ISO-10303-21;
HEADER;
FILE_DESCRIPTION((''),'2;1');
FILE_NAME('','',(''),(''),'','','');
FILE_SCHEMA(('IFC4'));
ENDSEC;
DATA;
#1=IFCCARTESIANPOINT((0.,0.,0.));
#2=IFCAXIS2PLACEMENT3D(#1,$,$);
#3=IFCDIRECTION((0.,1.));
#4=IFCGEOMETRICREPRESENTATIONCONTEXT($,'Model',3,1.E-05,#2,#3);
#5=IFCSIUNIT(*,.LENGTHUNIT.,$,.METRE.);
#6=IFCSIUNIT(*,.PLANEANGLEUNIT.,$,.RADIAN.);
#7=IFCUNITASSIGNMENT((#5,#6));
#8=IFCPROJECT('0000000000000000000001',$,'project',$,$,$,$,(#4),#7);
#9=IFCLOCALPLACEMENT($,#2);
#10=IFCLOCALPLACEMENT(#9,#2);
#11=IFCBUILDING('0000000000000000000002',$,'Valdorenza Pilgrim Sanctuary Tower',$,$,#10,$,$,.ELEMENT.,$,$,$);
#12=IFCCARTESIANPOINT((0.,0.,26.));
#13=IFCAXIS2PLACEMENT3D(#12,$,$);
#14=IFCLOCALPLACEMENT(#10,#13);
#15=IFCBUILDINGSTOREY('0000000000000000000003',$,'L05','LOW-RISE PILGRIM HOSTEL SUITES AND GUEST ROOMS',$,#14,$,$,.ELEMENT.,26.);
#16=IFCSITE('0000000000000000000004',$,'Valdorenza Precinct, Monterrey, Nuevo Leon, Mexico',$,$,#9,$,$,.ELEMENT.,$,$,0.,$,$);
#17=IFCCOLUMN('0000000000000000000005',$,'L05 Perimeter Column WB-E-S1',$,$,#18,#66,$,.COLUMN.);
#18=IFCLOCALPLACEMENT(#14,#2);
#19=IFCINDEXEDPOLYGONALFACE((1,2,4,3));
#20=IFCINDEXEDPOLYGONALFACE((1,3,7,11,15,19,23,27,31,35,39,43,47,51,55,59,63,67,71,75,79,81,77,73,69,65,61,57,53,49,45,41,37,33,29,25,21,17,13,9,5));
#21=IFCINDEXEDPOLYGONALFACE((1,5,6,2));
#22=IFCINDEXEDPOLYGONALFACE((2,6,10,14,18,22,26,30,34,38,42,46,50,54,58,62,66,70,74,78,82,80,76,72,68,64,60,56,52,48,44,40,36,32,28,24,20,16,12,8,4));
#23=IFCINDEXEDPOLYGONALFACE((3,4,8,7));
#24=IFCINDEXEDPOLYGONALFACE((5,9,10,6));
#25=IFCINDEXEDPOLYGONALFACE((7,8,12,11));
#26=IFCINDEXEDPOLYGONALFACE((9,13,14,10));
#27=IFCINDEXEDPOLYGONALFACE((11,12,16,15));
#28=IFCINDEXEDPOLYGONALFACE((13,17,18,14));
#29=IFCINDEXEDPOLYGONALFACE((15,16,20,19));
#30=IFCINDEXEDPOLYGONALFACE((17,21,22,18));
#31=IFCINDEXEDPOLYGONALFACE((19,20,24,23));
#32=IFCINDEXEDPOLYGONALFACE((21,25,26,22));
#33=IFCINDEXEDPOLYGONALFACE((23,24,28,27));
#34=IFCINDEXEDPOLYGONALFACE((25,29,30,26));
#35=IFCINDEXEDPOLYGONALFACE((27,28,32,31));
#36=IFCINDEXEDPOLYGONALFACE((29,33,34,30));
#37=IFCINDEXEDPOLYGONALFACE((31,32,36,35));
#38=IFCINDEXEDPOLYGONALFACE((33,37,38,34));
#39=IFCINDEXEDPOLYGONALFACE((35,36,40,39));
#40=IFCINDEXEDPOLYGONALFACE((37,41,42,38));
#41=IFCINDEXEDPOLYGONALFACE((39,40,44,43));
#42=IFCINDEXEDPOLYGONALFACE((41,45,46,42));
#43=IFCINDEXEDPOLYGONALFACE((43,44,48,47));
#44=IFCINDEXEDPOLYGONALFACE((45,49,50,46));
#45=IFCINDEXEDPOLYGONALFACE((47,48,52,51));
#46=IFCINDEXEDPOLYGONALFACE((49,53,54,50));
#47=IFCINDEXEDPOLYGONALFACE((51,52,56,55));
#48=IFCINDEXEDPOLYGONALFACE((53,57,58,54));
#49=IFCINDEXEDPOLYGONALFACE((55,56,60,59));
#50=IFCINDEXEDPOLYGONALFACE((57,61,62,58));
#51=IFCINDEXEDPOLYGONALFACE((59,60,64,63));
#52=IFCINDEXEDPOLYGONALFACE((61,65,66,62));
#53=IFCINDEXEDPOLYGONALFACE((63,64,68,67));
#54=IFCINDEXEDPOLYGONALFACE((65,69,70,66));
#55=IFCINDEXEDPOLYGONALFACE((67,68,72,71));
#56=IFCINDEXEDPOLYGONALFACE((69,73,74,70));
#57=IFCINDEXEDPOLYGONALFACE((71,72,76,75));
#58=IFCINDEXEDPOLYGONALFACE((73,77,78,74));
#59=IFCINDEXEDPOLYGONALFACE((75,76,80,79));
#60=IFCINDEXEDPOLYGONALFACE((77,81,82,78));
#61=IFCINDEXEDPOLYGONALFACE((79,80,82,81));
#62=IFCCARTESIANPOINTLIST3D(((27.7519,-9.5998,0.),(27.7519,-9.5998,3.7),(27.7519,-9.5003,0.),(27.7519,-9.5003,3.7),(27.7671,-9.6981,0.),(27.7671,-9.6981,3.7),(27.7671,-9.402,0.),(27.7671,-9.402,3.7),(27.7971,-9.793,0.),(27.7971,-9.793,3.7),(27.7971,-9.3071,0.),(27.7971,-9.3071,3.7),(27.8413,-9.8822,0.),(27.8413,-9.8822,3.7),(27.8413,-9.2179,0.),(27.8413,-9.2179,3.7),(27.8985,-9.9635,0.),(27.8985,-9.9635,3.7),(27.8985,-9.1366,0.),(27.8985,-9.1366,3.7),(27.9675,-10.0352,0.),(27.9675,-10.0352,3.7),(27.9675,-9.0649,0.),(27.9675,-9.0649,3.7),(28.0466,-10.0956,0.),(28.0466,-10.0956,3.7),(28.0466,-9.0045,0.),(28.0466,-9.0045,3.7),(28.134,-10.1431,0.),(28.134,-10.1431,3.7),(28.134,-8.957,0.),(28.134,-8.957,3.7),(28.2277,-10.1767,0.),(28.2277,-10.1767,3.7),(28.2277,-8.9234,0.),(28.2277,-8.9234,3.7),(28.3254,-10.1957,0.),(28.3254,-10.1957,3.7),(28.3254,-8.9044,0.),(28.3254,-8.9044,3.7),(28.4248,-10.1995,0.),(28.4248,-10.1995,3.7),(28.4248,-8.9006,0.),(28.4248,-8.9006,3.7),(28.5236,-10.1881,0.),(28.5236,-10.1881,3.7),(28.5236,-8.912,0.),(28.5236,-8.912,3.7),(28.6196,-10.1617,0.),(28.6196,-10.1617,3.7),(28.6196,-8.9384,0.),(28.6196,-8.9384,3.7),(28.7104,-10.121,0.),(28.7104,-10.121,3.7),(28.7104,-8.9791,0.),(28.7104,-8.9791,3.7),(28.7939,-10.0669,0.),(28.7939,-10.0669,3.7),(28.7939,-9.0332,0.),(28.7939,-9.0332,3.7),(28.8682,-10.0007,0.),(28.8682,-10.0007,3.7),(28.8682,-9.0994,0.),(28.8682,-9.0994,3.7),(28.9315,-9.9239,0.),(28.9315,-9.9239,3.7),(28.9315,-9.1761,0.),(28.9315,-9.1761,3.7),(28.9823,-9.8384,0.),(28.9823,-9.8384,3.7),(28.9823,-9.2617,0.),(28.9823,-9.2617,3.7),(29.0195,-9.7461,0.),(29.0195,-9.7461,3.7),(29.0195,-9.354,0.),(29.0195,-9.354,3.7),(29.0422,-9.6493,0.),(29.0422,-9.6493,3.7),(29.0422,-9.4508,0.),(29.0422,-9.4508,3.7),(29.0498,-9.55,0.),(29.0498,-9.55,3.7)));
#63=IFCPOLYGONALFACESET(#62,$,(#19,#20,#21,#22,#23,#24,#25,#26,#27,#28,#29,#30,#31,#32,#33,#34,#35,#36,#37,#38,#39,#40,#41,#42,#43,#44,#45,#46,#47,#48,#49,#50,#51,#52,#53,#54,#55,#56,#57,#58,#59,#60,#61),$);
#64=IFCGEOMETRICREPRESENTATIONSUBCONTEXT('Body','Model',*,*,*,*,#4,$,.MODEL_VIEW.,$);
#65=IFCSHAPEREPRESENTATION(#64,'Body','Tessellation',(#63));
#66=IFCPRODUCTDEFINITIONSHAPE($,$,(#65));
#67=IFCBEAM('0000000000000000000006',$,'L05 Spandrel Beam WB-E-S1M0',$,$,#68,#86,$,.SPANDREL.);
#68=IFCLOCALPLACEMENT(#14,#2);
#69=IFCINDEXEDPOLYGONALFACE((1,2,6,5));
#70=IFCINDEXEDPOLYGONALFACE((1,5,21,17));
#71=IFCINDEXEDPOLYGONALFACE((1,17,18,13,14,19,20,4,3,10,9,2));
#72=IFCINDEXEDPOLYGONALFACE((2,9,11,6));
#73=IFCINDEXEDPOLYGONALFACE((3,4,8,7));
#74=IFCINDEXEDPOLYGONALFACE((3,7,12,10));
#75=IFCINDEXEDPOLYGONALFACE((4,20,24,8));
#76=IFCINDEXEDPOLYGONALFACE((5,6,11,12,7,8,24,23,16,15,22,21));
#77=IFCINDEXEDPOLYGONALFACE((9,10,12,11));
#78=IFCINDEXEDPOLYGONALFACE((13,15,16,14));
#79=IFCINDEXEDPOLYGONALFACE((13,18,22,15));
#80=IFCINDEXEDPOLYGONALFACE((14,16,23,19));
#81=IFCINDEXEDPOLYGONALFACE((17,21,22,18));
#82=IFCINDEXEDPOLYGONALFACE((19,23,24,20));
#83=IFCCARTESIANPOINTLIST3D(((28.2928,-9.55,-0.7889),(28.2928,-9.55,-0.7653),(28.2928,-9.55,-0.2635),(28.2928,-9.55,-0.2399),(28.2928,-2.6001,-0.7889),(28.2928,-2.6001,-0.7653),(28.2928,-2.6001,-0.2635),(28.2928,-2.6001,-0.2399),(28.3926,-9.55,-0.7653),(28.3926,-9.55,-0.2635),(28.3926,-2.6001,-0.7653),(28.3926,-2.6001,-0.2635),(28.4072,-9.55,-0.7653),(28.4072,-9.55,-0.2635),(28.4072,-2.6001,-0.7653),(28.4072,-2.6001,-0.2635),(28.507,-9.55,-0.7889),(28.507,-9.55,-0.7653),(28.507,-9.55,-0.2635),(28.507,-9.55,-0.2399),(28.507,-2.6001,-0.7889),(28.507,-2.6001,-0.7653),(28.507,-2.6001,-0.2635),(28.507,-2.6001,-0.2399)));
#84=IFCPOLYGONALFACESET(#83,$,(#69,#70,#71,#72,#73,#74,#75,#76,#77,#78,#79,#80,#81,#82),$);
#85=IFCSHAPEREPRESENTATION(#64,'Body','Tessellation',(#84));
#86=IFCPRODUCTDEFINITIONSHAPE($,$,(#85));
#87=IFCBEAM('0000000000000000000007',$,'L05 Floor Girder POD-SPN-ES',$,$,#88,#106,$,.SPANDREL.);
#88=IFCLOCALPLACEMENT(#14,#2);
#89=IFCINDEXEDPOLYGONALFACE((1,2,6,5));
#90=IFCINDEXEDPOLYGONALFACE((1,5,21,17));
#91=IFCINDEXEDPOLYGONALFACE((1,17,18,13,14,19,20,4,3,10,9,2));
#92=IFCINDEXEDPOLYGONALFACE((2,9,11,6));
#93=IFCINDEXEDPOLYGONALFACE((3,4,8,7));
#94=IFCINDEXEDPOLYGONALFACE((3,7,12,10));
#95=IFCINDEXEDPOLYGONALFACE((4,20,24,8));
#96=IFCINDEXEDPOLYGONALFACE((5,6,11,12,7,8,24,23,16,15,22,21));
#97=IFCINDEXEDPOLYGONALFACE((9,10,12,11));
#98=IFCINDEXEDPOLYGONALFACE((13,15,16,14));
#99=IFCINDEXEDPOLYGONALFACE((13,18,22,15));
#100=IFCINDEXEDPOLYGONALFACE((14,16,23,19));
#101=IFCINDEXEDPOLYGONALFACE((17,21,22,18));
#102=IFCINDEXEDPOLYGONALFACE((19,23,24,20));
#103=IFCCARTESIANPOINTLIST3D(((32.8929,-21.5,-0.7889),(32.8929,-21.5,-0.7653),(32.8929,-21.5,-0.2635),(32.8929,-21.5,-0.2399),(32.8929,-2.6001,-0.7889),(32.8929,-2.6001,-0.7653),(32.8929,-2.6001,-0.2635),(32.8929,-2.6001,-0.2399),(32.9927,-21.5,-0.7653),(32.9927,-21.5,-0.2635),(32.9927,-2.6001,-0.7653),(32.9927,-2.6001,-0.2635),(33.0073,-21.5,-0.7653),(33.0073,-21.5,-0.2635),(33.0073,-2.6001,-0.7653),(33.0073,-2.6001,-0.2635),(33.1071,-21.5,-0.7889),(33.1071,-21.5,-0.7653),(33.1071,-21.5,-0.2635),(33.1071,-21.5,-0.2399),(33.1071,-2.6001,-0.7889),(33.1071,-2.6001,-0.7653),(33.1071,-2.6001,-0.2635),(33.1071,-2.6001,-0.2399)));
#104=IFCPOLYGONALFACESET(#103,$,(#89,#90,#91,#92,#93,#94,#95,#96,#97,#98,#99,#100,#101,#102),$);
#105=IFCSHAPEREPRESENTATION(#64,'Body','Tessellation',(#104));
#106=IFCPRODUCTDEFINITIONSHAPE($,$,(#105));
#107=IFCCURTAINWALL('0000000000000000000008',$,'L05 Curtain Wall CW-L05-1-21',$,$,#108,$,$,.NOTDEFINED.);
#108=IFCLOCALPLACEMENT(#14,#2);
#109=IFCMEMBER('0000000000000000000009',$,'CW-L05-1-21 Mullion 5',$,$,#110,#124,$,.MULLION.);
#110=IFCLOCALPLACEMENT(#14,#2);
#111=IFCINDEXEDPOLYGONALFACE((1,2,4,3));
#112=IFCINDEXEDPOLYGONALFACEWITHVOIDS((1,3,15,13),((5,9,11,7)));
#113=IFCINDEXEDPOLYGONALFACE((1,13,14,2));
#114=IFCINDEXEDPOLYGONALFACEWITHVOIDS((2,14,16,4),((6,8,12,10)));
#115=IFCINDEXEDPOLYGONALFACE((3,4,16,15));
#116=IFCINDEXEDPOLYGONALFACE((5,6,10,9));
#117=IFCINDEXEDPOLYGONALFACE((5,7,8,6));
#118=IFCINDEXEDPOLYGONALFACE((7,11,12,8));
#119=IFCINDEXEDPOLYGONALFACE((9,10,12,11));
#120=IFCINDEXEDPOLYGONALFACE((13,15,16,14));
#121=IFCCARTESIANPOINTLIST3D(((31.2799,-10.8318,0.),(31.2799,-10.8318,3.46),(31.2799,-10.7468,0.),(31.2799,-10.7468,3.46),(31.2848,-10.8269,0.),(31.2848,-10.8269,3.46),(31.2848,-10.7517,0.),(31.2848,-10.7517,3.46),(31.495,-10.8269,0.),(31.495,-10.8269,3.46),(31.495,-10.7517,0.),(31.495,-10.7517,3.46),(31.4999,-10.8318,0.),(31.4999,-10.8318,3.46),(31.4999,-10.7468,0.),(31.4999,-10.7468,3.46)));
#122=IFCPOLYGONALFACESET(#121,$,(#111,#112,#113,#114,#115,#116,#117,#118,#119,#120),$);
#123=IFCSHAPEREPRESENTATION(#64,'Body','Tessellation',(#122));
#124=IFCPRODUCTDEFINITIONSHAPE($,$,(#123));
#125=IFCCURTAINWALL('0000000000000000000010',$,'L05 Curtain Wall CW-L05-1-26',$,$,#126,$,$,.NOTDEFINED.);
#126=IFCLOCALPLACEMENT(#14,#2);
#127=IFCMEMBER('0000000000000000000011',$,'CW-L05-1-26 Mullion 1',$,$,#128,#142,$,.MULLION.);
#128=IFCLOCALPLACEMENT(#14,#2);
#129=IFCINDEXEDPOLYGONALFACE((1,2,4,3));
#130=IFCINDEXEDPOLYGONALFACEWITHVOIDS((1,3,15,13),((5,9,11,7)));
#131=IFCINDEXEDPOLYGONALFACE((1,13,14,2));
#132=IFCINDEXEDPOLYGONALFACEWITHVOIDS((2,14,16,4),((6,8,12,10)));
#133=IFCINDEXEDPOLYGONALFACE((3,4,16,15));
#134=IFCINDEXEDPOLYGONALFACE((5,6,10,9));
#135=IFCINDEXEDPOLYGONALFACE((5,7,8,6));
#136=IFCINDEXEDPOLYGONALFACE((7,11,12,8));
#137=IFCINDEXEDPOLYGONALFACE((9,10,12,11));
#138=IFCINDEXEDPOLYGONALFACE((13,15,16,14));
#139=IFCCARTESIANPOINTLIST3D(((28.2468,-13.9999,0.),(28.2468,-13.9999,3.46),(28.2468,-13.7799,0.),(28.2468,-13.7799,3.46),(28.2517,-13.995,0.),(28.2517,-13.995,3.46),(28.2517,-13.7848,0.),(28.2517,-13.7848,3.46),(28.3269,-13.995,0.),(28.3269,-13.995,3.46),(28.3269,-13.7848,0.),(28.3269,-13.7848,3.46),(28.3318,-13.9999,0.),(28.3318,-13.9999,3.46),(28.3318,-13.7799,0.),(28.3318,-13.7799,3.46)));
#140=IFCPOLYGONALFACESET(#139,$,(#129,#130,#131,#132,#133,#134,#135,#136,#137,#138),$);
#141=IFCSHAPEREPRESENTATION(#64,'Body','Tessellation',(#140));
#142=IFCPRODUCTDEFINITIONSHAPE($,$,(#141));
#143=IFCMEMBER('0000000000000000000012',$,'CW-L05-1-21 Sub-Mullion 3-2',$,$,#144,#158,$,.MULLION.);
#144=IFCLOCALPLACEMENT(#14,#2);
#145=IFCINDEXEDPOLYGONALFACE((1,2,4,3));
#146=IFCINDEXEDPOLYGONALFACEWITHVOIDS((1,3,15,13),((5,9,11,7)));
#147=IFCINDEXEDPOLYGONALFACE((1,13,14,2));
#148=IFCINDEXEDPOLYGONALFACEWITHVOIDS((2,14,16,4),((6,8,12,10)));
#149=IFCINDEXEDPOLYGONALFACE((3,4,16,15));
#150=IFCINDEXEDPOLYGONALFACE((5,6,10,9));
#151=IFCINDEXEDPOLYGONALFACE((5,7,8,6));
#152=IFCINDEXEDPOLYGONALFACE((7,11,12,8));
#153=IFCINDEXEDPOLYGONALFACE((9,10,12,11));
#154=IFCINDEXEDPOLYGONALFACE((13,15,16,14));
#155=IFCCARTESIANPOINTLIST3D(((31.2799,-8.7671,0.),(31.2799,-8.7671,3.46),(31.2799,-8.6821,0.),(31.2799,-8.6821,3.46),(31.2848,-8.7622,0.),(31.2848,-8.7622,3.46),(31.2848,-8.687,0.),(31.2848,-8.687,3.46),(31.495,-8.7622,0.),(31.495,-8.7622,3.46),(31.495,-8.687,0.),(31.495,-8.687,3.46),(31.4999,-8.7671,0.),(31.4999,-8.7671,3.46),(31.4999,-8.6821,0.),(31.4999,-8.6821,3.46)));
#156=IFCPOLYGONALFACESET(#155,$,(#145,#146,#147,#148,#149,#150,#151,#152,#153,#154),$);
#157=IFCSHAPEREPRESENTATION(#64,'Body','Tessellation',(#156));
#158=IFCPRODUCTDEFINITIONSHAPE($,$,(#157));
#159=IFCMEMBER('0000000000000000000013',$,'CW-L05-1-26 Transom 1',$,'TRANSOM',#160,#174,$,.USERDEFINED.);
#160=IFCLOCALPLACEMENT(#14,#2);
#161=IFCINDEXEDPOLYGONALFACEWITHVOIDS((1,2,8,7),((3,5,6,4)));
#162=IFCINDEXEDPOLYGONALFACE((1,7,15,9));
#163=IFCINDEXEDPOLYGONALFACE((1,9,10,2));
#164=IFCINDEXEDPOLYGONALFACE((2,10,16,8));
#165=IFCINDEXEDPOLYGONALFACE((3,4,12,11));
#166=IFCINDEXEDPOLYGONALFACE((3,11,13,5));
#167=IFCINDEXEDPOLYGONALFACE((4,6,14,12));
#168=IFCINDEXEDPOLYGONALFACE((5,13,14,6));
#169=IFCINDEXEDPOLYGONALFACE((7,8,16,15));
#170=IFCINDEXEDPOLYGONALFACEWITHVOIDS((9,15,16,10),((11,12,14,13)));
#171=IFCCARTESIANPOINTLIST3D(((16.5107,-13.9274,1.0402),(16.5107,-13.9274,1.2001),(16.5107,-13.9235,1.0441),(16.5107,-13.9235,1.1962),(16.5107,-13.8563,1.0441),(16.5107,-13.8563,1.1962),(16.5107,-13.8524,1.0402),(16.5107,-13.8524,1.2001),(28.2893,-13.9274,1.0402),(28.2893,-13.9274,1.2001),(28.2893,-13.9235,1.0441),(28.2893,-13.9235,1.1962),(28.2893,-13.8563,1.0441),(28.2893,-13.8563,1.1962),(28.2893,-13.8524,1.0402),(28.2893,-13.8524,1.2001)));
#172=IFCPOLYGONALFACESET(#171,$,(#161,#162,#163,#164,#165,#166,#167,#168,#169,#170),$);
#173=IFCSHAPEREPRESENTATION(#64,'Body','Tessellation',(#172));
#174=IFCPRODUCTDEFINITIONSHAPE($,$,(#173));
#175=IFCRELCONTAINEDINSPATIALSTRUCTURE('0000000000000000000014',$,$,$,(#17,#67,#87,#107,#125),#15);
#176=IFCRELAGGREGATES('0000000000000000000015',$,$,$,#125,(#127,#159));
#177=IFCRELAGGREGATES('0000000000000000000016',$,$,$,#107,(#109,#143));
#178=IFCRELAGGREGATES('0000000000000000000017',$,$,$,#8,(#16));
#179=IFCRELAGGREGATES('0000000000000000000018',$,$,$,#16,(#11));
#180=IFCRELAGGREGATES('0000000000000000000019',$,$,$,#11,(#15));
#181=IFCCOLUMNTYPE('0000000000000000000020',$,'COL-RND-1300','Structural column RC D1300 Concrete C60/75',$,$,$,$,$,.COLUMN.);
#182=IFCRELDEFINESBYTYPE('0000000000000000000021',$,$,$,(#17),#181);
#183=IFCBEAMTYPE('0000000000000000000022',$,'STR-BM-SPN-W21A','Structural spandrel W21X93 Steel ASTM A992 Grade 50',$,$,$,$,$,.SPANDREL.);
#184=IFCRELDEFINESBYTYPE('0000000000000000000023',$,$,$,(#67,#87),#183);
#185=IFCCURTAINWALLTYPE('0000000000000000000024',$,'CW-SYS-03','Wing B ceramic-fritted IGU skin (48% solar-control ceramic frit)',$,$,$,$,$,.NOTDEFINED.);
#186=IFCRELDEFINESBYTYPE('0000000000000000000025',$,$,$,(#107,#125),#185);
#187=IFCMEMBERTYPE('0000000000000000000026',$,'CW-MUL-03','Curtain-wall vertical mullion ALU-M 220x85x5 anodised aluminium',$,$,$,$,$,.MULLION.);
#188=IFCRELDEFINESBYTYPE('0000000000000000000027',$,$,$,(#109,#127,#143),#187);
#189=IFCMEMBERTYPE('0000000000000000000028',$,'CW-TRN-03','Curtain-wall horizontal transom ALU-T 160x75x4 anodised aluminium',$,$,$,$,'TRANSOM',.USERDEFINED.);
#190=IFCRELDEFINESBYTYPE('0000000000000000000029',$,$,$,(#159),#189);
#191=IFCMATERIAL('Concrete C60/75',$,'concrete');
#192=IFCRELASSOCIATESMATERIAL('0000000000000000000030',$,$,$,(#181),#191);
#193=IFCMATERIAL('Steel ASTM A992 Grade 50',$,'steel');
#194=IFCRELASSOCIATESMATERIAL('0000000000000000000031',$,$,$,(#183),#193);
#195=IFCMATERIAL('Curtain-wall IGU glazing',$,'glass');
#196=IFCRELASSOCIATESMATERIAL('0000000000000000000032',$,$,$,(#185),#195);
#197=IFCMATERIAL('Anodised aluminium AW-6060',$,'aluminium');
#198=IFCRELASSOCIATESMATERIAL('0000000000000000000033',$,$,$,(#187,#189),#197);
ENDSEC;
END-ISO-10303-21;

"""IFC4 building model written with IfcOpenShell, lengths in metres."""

from ifc_helpers import new_model, si_unit, direction, frame, origin, origin_2d, place, context, subcontext, project, spatial, hollow_rectangle, circle, i_section, extrude, source, transform, mapped, material, material_profile, profile_set, type_object, element, aggregate, save


model = new_model("IFC4")

# Units and contexts
model_context = context("Model", 3, precision=1e-05, world=origin(), true_north=direction((0.0, 1.0)))
body_context = subcontext(model_context, "Body", "Model", "MODEL_VIEW")
ifc_project = project(units=[si_unit("LENGTHUNIT", "METRE"), si_unit("PLANEANGLEUNIT", "RADIAN")], contexts=[model_context])

# Site, building, storey
site_placement = place(None, origin())
site = spatial("IfcSite", under=ifc_project, at=site_placement, Name="Valdorenza Precinct, Monterrey, Nuevo Leon, Mexico", CompositionType="ELEMENT", RefElevation=0.0)
building_placement = place(site_placement, origin())
building = spatial("IfcBuilding", under=site, at=building_placement, Name="Valdorenza Pilgrim Sanctuary Tower", CompositionType="ELEMENT")
storey_placement = place(building_placement, frame((0.0, 0.0, 26.0)))
storey = spatial("IfcBuildingStorey", under=building, at=storey_placement, Name="L05", Description="LOW-RISE PILGRIM HOSTEL SUITES AND GUEST ROOMS", CompositionType="ELEMENT", Elevation=26.0)

# Column
ifc_material_1 = material(Name="Concrete C60/75", Category="concrete")
ifc_material_profile_1 = material_profile(ifc_material_1, circle(Radius=0.6499, at=origin_2d()), Name="RC D1300")
ifc_profile_set_1 = profile_set([ifc_material_profile_1], Name="Concrete C60/75")
column_type = type_object("IfcColumnType", Name="COL-RND-1300", Description="Structural column RC D1300 Concrete C60/75", PredefinedType="COLUMN", material=ifc_profile_set_1)
shared_shape_1 = source(origin(), body_context, "Body", "SweptSolid", [
    extrude(circle(Radius=0.6499, at=origin_2d()), origin(), (0.0, 0.0, 1.0), 3.7),
])
column_placement = place(storey_placement, frame((28.3999, -9.55, 0.0), z_axis=(0.0, 0.0, 1.0), x_axis=(1.0, 0.0, 0.0)))
element("IfcColumn", 1, at=column_placement, inside=storey, type_object=column_type, Name="L05 Perimeter Column WB-E-S1", PredefinedType="COLUMN", context=body_context, shape_type="MappedRepresentation", body=[
    mapped(shared_shape_1, transform((0.0, 0.0, 0.0), x_axis=(1.0, 0.0, 0.0), y_axis=(0.0, 1.0, 0.0), z_axis=(0.0, 0.0, 1.0), scale=1.0)),
])

# Beams
ifc_material_2 = material(Name="Steel ASTM A992 Grade 50", Category="steel")
ifc_material_profile_2 = material_profile(ifc_material_2, i_section(OverallWidth=0.2141, OverallDepth=0.5491, WebThickness=0.0146, FlangeThickness=0.0237, at=origin_2d()), Name="W21X93")
ifc_profile_set_2 = profile_set([ifc_material_profile_2], Name="Steel ASTM A992 Grade 50")
beam_type = type_object("IfcBeamType", Name="STR-BM-SPN-W21A", Description="Structural spandrel W21X93 Steel ASTM A992 Grade 50", PredefinedType="SPANDREL", material=ifc_profile_set_2)
shared_shape_2 = source(origin(), body_context, "Body", "SweptSolid", [
    extrude(i_section(OverallWidth=0.2141, OverallDepth=0.5491, WebThickness=0.0146, FlangeThickness=0.0237, at=origin_2d()), origin(), (0.0, 0.0, 1.0), 6.95),
])
beam_1_placement = place(storey_placement, frame((28.3999, -9.55, -0.5144), z_axis=(0.0, 1.0, 0.0), x_axis=(-1.0, 0.0, 0.0)))
element("IfcBeam", 2, at=beam_1_placement, inside=storey, type_object=beam_type, Name="L05 Spandrel Beam WB-E-S1M0", PredefinedType="SPANDREL", context=body_context, shape_type="MappedRepresentation", body=[
    mapped(shared_shape_2, transform((0.0, 0.0, 0.0), x_axis=(1.0, 0.0, 0.0), y_axis=(0.0, 1.0, 0.0), z_axis=(0.0, 0.0, 1.0), scale=1.0)),
])
shared_shape_3 = source(origin(), body_context, "Body", "SweptSolid", [
    extrude(i_section(OverallWidth=0.2141, OverallDepth=0.5491, WebThickness=0.0146, FlangeThickness=0.0237, at=origin_2d()), origin(), (0.0, 0.0, 1.0), 18.8999),
])
beam_2_placement = place(storey_placement, frame((33.0, -21.5, -0.5144), z_axis=(0.0, 1.0, 0.0), x_axis=(-1.0, 0.0, 0.0)))
element("IfcBeam", 3, at=beam_2_placement, inside=storey, type_object=beam_type, Name="L05 Floor Girder POD-SPN-ES", PredefinedType="SPANDREL", context=body_context, shape_type="MappedRepresentation", body=[
    mapped(shared_shape_3, transform((0.0, 0.0, 0.0), x_axis=(1.0, 0.0, 0.0), y_axis=(0.0, 1.0, 0.0), z_axis=(0.0, 0.0, 1.0), scale=1.0)),
])

# Curtain walls, members
ifc_material_3 = material(Name="Curtain-wall IGU glazing", Category="glass")
curtain_wall_type = type_object("IfcCurtainWallType", Name="CW-SYS-03", Description="Wing B ceramic-fritted IGU skin (48% solar-control ceramic frit)", PredefinedType="NOTDEFINED", material=ifc_material_3)
curtain_wall_1_placement = place(storey_placement, origin())
curtain_wall_1 = element("IfcCurtainWall", 4, at=curtain_wall_1_placement, inside=storey, type_object=curtain_wall_type, Name="L05 Curtain Wall CW-L05-1-21", PredefinedType="NOTDEFINED")
ifc_material_4 = material(Name="Anodised aluminium AW-6060", Category="aluminium")
ifc_material_profile_3 = material_profile(ifc_material_4, hollow_rectangle(XDim=0.085, YDim=0.22, WallThickness=0.0049, at=origin_2d()), Name="ALU-M 220x85x5")
ifc_profile_set_3 = profile_set([ifc_material_profile_3], Name="Anodised aluminium AW-6060")
member_type_1 = type_object("IfcMemberType", Name="CW-MUL-03", Description="Curtain-wall vertical mullion ALU-M 220x85x5 anodised aluminium", PredefinedType="MULLION", material=ifc_profile_set_3)
shared_shape_4 = source(origin(), body_context, "Body", "SweptSolid", [
    extrude(hollow_rectangle(XDim=0.085, YDim=0.22, WallThickness=0.0049, at=origin_2d()), origin(), (0.0, 0.0, 1.0), 3.46),
])
member_1_placement = place(storey_placement, frame((31.3899, -10.7893, 0.0), z_axis=(0.0, 0.0, 1.0), x_axis=(0.0, -1.0, 0.0)))
member_1 = element("IfcMember", 5, at=member_1_placement, type_object=member_type_1, Name="CW-L05-1-21 Mullion 5", PredefinedType="MULLION", context=body_context, shape_type="MappedRepresentation", body=[
    mapped(shared_shape_4, transform((0.0, 0.0, 0.0), x_axis=(1.0, 0.0, 0.0), y_axis=(0.0, 1.0, 0.0), z_axis=(0.0, 0.0, 1.0), scale=1.0)),
])
curtain_wall_2_placement = place(storey_placement, origin())
curtain_wall_2 = element("IfcCurtainWall", 6, at=curtain_wall_2_placement, inside=storey, type_object=curtain_wall_type, Name="L05 Curtain Wall CW-L05-1-26", PredefinedType="NOTDEFINED")
member_2_placement = place(storey_placement, frame((28.2893, -13.8899, 0.0), z_axis=(0.0, 0.0, 1.0), x_axis=(-1.0, 0.0, 0.0)))
member_2 = element("IfcMember", 7, at=member_2_placement, type_object=member_type_1, Name="CW-L05-1-26 Mullion 1", PredefinedType="MULLION", context=body_context, shape_type="MappedRepresentation", body=[
    mapped(shared_shape_4, transform((0.0, 0.0, 0.0), x_axis=(1.0, 0.0, 0.0), y_axis=(0.0, 1.0, 0.0), z_axis=(0.0, 0.0, 1.0), scale=1.0)),
])

# Members
member_3_placement = place(storey_placement, frame((31.3899, -8.7246, 0.0), z_axis=(0.0, 0.0, 1.0), x_axis=(0.0, -1.0, 0.0)))
member_3 = element("IfcMember", 8, at=member_3_placement, type_object=member_type_1, Name="CW-L05-1-21 Sub-Mullion 3-2", PredefinedType="MULLION", context=body_context, shape_type="MappedRepresentation", body=[
    mapped(shared_shape_4, transform((0.0, 0.0, 0.0), x_axis=(1.0, 0.0, 0.0), y_axis=(0.0, 1.0, 0.0), z_axis=(0.0, 0.0, 1.0), scale=1.0)),
])
ifc_material_profile_4 = material_profile(ifc_material_4, hollow_rectangle(XDim=0.075, YDim=0.1599, WallThickness=0.0039, at=origin_2d()), Name="ALU-T 160x75x4")
ifc_profile_set_4 = profile_set([ifc_material_profile_4], Name="Anodised aluminium AW-6060")
member_type_2 = type_object("IfcMemberType", Name="CW-TRN-03", Description="Curtain-wall horizontal transom ALU-T 160x75x4 anodised aluminium", ElementType="TRANSOM", PredefinedType="USERDEFINED", material=ifc_profile_set_4)
shared_shape_5 = source(origin(), body_context, "Body", "SweptSolid", [
    extrude(hollow_rectangle(XDim=0.075, YDim=0.1599, WallThickness=0.0039, at=origin_2d()), origin(), (0.0, 0.0, 1.0), 11.7786),
])
member_4_placement = place(storey_placement, frame((28.2893, -13.8899, 1.1201), z_axis=(-1.0, 0.0, 0.0), x_axis=(0.0, -1.0, 0.0)))
member_4 = element("IfcMember", 9, at=member_4_placement, type_object=member_type_2, Name="CW-L05-1-26 Transom 1", ObjectType="TRANSOM", PredefinedType="USERDEFINED", context=body_context, shape_type="MappedRepresentation", body=[
    mapped(shared_shape_5, transform((0.0, 0.0, 0.0), x_axis=(1.0, 0.0, 0.0), y_axis=(0.0, 1.0, 0.0), z_axis=(0.0, 0.0, 1.0), scale=1.0)),
])
aggregate(curtain_wall_2, [member_2, member_4])

aggregate(curtain_wall_1, [member_1, member_3])

save(model, "model.ifc")
